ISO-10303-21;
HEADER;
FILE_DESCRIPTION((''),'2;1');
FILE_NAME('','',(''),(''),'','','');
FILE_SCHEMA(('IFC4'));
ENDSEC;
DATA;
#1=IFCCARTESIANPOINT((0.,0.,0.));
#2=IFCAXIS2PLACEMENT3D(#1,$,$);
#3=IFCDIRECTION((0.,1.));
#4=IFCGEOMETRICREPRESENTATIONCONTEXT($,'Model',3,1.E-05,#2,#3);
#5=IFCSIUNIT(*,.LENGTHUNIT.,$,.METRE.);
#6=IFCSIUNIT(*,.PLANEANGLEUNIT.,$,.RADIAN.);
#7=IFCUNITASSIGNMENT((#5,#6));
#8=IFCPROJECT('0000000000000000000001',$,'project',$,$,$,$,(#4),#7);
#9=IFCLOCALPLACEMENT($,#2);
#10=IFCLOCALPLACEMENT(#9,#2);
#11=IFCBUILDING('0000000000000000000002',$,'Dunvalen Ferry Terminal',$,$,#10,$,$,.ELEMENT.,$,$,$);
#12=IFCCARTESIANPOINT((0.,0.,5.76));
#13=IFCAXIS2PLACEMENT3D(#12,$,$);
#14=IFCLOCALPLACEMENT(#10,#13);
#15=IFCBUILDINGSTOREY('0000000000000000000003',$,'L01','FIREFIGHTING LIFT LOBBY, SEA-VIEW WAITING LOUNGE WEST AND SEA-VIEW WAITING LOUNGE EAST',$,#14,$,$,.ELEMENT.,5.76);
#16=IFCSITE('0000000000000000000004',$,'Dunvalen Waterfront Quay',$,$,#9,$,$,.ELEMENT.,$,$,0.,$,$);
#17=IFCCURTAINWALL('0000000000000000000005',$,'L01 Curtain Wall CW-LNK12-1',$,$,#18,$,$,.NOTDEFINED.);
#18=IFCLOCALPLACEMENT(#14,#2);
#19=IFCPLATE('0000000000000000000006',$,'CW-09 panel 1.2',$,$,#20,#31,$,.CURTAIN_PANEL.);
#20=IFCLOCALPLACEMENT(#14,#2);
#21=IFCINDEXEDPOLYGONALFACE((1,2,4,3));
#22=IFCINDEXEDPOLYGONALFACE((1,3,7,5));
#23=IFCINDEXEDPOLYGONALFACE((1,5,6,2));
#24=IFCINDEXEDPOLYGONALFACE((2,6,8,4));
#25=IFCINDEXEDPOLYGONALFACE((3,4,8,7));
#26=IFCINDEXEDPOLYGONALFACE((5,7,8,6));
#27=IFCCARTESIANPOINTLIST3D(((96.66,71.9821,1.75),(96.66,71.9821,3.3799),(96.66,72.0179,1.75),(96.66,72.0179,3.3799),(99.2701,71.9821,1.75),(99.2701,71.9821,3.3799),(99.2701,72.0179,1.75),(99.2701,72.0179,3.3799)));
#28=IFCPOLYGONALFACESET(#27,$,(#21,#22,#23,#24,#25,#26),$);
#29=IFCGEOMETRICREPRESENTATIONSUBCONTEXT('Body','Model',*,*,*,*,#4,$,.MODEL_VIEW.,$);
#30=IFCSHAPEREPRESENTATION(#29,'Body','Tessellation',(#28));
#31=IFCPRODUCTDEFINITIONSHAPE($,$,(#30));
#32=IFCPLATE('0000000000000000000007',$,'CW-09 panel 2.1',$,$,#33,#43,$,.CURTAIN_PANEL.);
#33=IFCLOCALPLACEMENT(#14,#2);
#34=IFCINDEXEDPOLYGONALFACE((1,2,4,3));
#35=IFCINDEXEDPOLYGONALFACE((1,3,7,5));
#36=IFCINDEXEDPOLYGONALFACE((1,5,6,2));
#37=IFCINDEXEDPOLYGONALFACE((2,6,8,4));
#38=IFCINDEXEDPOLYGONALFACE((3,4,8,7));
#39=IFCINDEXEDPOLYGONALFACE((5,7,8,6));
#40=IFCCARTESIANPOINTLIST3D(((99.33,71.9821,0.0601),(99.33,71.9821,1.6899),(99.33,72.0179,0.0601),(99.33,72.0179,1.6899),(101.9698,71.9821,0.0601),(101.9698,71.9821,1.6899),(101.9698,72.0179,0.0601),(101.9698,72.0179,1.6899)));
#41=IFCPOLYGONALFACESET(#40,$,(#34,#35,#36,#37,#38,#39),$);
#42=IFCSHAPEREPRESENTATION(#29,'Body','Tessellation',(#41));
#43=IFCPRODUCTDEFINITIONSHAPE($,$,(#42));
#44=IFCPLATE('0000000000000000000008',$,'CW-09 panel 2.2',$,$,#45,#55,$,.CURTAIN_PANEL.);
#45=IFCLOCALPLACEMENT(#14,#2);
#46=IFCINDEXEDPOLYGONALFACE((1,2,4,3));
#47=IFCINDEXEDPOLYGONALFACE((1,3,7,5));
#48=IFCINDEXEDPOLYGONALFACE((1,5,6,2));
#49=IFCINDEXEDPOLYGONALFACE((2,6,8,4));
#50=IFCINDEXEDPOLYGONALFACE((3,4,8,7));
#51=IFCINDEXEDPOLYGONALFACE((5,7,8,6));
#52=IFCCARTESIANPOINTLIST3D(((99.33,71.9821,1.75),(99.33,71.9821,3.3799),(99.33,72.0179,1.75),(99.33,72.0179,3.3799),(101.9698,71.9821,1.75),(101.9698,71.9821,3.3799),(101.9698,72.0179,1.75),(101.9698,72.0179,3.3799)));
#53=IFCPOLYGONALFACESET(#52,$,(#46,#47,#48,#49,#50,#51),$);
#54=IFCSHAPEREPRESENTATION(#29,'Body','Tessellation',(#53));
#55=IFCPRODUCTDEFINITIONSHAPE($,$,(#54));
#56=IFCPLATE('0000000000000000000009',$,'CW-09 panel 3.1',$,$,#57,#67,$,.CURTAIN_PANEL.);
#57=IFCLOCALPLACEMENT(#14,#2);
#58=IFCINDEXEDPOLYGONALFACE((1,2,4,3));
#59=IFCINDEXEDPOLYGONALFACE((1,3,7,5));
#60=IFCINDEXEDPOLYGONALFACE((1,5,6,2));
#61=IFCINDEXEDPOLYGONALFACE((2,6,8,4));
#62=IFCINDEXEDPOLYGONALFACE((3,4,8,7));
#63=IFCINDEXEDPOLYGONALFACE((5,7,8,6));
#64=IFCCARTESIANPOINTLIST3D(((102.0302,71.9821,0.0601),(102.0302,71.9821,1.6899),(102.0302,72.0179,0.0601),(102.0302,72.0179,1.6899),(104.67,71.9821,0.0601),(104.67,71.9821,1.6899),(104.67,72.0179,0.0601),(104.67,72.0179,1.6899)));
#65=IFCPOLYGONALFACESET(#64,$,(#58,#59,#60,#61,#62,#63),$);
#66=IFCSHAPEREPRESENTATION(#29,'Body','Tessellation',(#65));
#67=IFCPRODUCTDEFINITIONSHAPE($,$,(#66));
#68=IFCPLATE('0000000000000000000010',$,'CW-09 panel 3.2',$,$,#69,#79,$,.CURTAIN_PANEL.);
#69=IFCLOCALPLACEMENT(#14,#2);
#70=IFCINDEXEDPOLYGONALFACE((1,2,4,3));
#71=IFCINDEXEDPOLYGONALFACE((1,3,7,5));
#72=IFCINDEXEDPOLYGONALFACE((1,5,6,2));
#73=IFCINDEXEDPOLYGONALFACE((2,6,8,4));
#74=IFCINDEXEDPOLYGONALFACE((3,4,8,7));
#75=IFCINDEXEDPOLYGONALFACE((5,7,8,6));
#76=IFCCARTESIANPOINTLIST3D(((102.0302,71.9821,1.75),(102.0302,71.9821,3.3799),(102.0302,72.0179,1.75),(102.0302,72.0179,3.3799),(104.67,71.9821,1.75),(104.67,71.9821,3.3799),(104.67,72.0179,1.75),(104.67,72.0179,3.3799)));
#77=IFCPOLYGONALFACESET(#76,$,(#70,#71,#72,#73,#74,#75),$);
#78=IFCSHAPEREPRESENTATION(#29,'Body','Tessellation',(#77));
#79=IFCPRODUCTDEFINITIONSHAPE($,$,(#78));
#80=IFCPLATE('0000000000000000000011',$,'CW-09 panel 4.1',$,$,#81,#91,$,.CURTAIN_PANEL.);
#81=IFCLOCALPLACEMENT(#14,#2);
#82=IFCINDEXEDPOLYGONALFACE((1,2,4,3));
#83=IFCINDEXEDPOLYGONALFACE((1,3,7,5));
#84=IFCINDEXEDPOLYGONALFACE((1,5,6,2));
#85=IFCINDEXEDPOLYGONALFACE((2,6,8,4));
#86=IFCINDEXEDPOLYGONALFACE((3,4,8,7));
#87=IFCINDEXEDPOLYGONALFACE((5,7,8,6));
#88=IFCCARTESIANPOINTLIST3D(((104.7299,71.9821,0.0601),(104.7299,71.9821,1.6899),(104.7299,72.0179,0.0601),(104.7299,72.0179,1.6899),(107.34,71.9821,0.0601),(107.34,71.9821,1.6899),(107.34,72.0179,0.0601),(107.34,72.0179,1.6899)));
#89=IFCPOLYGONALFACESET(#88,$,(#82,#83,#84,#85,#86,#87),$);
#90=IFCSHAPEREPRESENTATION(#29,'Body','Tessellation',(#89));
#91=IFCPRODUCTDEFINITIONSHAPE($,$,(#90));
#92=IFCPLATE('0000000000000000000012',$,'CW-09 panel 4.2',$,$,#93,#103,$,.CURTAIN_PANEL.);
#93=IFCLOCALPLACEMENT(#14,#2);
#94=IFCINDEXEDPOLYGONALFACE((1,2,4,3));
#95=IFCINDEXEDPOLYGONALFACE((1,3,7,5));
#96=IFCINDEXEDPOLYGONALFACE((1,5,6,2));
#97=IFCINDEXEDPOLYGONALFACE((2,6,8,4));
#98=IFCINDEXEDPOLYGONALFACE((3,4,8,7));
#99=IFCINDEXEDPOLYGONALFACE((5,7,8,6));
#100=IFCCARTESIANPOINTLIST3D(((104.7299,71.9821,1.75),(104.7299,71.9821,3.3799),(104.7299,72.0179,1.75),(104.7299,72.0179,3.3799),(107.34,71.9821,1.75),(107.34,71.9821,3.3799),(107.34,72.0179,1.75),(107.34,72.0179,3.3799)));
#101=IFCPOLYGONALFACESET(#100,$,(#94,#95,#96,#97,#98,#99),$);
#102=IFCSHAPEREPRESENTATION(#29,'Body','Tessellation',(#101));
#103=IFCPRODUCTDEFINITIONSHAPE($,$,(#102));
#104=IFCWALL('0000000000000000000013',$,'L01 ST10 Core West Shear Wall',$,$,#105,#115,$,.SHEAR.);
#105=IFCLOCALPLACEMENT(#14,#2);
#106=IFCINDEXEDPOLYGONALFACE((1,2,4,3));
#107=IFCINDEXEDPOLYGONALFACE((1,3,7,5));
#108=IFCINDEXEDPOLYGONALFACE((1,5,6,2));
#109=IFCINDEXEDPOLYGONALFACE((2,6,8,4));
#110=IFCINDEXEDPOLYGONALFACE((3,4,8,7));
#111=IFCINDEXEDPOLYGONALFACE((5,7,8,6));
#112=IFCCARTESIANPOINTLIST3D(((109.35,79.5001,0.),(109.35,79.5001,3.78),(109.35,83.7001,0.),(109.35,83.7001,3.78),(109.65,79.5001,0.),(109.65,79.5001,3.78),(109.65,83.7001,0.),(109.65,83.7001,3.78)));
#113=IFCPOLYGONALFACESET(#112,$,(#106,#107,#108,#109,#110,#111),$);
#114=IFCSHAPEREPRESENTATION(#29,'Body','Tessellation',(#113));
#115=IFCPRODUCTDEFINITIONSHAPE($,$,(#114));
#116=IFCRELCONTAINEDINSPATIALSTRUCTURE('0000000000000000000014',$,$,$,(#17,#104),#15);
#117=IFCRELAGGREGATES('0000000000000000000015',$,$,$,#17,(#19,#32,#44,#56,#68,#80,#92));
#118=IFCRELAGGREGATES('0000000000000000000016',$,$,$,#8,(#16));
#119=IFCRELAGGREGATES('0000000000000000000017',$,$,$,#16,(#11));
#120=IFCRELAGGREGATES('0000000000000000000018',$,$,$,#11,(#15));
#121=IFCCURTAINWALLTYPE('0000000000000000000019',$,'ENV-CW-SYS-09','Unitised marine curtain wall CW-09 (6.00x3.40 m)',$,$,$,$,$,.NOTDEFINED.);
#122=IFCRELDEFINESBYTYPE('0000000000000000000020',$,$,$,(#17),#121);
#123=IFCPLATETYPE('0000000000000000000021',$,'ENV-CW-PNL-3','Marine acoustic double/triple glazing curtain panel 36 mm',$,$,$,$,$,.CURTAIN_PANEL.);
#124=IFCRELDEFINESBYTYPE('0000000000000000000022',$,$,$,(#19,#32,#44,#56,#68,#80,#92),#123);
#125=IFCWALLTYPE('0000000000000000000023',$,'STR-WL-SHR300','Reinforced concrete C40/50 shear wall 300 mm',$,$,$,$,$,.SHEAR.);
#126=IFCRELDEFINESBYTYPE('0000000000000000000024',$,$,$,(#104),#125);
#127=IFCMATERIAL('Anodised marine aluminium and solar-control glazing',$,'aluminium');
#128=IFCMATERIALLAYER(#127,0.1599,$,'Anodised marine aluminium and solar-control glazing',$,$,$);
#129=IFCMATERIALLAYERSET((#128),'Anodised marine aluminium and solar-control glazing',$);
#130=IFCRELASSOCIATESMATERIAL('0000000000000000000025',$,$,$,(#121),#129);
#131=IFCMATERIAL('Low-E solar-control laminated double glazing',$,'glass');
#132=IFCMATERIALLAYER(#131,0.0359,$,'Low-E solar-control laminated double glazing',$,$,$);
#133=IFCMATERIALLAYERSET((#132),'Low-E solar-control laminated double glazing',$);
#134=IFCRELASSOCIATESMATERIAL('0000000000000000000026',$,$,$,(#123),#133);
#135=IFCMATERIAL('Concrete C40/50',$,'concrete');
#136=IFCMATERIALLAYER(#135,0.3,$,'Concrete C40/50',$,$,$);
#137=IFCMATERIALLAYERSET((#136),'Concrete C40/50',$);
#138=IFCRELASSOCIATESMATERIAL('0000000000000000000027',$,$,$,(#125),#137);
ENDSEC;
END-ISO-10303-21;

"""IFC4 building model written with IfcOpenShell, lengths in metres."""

from ifc_helpers import new_model, si_unit, direction, frame, frame_2d, origin, origin_2d, place, context, subcontext, project, spatial, rectangle, extrude, material, layer, layer_set, type_object, element, aggregate, save


model = new_model("IFC4")

# Units and contexts
model_context = context("Model", 3, precision=1e-05, world=origin(), true_north=direction((0.0, 1.0)))
body_context = subcontext(model_context, "Body", "Model", "MODEL_VIEW")
ifc_project = project(units=[si_unit("LENGTHUNIT", "METRE"), si_unit("PLANEANGLEUNIT", "RADIAN")], contexts=[model_context])

# Site, building, storey
site_placement = place(None, origin())
site = spatial("IfcSite", under=ifc_project, at=site_placement, Name="Dunvalen Waterfront Quay", CompositionType="ELEMENT", RefElevation=0.0)
building_placement = place(site_placement, origin())
building = spatial("IfcBuilding", under=site, at=building_placement, Name="Dunvalen Ferry Terminal", CompositionType="ELEMENT")
storey_placement = place(building_placement, frame((0.0, 0.0, 5.76)))
storey = spatial("IfcBuildingStorey", under=building, at=storey_placement, Name="L01", Description="FIREFIGHTING LIFT LOBBY, SEA-VIEW WAITING LOUNGE WEST AND SEA-VIEW WAITING LOUNGE EAST", CompositionType="ELEMENT", Elevation=5.76)

# Shared definitions
ifc_material_1 = material(Name="Concrete C40/50", Category="concrete")

# Curtain wall
ifc_material_2 = material(Name="Anodised marine aluminium and solar-control glazing", Category="aluminium")
ifc_layer_1 = layer(ifc_material_2, 0.1599, Name="Anodised marine aluminium and solar-control glazing")
ifc_layer_set_1 = layer_set([ifc_layer_1], Name="Anodised marine aluminium and solar-control glazing")
curtain_wall_type_1 = type_object("IfcCurtainWallType", Name="ENV-CW-SYS-09", Description="Unitised marine curtain wall CW-09 (6.00x3.40 m)", PredefinedType="NOTDEFINED", material=ifc_layer_set_1)
curtain_wall_1_placement = place(storey_placement, origin())
curtain_wall_1 = element("IfcCurtainWall", 1, at=curtain_wall_1_placement, inside=storey, type_object=curtain_wall_type_1, Name="L01 Curtain Wall CW-LNK12-1", PredefinedType="NOTDEFINED")

# Plates
ifc_material_3 = material(Name="Low-E solar-control laminated double glazing", Category="glass")
ifc_layer_2 = layer(ifc_material_3, 0.0359, Name="Low-E solar-control laminated double glazing")
ifc_layer_set_2 = layer_set([ifc_layer_2], Name="Low-E solar-control laminated double glazing")
plate_type_1 = type_object("IfcPlateType", Name="ENV-CW-PNL-3", Description="Marine acoustic double/triple glazing curtain panel 36 mm", PredefinedType="CURTAIN_PANEL", material=ifc_layer_set_2)
plate_1_placement = place(storey_placement, frame((97.9651, 72.0, 1.75), z_axis=(0.0, 0.0, 1.0), x_axis=(1.0, 0.0, 0.0)))
plate_1 = element("IfcPlate", 2, at=plate_1_placement, type_object=plate_type_1, Name="CW-09 panel 1.2", PredefinedType="CURTAIN_PANEL", context=body_context, shape_type="SweptSolid", body=[
    extrude(rectangle(XDim=2.6101, YDim=0.0359, at=origin_2d()), origin(), (0.0, 0.0, 1.0), 1.6299),
])
plate_2_placement = place(storey_placement, frame((100.6499, 72.0, 0.0601), z_axis=(0.0, 0.0, 1.0), x_axis=(1.0, 0.0, 0.0)))
plate_2 = element("IfcPlate", 3, at=plate_2_placement, type_object=plate_type_1, Name="CW-09 panel 2.1", PredefinedType="CURTAIN_PANEL", context=body_context, shape_type="SweptSolid", body=[
    extrude(rectangle(XDim=2.6399, YDim=0.0359, at=origin_2d()), origin(), (0.0, 0.0, 1.0), 1.6299),
])
plate_3_placement = place(storey_placement, frame((100.6499, 72.0, 1.75), z_axis=(0.0, 0.0, 1.0), x_axis=(1.0, 0.0, 0.0)))
plate_3 = element("IfcPlate", 4, at=plate_3_placement, type_object=plate_type_1, Name="CW-09 panel 2.2", PredefinedType="CURTAIN_PANEL", context=body_context, shape_type="SweptSolid", body=[
    extrude(rectangle(XDim=2.6399, YDim=0.0359, at=origin_2d()), origin(), (0.0, 0.0, 1.0), 1.6299),
])
plate_4_placement = place(storey_placement, frame((103.3501, 72.0, 0.0601), z_axis=(0.0, 0.0, 1.0), x_axis=(1.0, 0.0, 0.0)))
plate_4 = element("IfcPlate", 5, at=plate_4_placement, type_object=plate_type_1, Name="CW-09 panel 3.1", PredefinedType="CURTAIN_PANEL", context=body_context, shape_type="SweptSolid", body=[
    extrude(rectangle(XDim=2.6399, YDim=0.0359, at=origin_2d()), origin(), (0.0, 0.0, 1.0), 1.6299),
])
plate_5_placement = place(storey_placement, frame((103.3501, 72.0, 1.75), z_axis=(0.0, 0.0, 1.0), x_axis=(1.0, 0.0, 0.0)))
plate_5 = element("IfcPlate", 6, at=plate_5_placement, type_object=plate_type_1, Name="CW-09 panel 3.2", PredefinedType="CURTAIN_PANEL", context=body_context, shape_type="SweptSolid", body=[
    extrude(rectangle(XDim=2.6399, YDim=0.0359, at=origin_2d()), origin(), (0.0, 0.0, 1.0), 1.6299),
])
plate_6_placement = place(storey_placement, frame((106.0349, 72.0, 0.0601), z_axis=(0.0, 0.0, 1.0), x_axis=(1.0, 0.0, 0.0)))
plate_6 = element("IfcPlate", 7, at=plate_6_placement, type_object=plate_type_1, Name="CW-09 panel 4.1", PredefinedType="CURTAIN_PANEL", context=body_context, shape_type="SweptSolid", body=[
    extrude(rectangle(XDim=2.6101, YDim=0.0359, at=origin_2d()), origin(), (0.0, 0.0, 1.0), 1.6299),
])
plate_7_placement = place(storey_placement, frame((106.0349, 72.0, 1.75), z_axis=(0.0, 0.0, 1.0), x_axis=(1.0, 0.0, 0.0)))
plate_7 = element("IfcPlate", 8, at=plate_7_placement, type_object=plate_type_1, Name="CW-09 panel 4.2", PredefinedType="CURTAIN_PANEL", context=body_context, shape_type="SweptSolid", body=[
    extrude(rectangle(XDim=2.6101, YDim=0.0359, at=origin_2d()), origin(), (0.0, 0.0, 1.0), 1.6299),
])
aggregate(curtain_wall_1, [plate_1, plate_2, plate_3, plate_4, plate_5, plate_6, plate_7])

# Wall
ifc_layer_3 = layer(ifc_material_1, 0.3, Name="Concrete C40/50")
ifc_layer_set_3 = layer_set([ifc_layer_3], Name="Concrete C40/50")
wall_type = type_object("IfcWallType", Name="STR-WL-SHR300", Description="Reinforced concrete C40/50 shear wall 300 mm", PredefinedType="SHEAR", material=ifc_layer_set_3)
wall_placement = place(storey_placement, frame((109.5, 79.5, 0.0), z_axis=(0.0, 0.0, 1.0), x_axis=(0.0, 1.0, 0.0)))
element("IfcWall", 9, at=wall_placement, inside=storey, type_object=wall_type, Name="L01 ST10 Core West Shear Wall", PredefinedType="SHEAR", context=body_context, shape_type="SweptSolid", body=[
    extrude(rectangle(XDim=4.2, YDim=0.3, at=frame_2d((2.1001, 0.0))), origin(), (0.0, 0.0, 1.0), 3.78),
])

save(model, "model.ifc")
